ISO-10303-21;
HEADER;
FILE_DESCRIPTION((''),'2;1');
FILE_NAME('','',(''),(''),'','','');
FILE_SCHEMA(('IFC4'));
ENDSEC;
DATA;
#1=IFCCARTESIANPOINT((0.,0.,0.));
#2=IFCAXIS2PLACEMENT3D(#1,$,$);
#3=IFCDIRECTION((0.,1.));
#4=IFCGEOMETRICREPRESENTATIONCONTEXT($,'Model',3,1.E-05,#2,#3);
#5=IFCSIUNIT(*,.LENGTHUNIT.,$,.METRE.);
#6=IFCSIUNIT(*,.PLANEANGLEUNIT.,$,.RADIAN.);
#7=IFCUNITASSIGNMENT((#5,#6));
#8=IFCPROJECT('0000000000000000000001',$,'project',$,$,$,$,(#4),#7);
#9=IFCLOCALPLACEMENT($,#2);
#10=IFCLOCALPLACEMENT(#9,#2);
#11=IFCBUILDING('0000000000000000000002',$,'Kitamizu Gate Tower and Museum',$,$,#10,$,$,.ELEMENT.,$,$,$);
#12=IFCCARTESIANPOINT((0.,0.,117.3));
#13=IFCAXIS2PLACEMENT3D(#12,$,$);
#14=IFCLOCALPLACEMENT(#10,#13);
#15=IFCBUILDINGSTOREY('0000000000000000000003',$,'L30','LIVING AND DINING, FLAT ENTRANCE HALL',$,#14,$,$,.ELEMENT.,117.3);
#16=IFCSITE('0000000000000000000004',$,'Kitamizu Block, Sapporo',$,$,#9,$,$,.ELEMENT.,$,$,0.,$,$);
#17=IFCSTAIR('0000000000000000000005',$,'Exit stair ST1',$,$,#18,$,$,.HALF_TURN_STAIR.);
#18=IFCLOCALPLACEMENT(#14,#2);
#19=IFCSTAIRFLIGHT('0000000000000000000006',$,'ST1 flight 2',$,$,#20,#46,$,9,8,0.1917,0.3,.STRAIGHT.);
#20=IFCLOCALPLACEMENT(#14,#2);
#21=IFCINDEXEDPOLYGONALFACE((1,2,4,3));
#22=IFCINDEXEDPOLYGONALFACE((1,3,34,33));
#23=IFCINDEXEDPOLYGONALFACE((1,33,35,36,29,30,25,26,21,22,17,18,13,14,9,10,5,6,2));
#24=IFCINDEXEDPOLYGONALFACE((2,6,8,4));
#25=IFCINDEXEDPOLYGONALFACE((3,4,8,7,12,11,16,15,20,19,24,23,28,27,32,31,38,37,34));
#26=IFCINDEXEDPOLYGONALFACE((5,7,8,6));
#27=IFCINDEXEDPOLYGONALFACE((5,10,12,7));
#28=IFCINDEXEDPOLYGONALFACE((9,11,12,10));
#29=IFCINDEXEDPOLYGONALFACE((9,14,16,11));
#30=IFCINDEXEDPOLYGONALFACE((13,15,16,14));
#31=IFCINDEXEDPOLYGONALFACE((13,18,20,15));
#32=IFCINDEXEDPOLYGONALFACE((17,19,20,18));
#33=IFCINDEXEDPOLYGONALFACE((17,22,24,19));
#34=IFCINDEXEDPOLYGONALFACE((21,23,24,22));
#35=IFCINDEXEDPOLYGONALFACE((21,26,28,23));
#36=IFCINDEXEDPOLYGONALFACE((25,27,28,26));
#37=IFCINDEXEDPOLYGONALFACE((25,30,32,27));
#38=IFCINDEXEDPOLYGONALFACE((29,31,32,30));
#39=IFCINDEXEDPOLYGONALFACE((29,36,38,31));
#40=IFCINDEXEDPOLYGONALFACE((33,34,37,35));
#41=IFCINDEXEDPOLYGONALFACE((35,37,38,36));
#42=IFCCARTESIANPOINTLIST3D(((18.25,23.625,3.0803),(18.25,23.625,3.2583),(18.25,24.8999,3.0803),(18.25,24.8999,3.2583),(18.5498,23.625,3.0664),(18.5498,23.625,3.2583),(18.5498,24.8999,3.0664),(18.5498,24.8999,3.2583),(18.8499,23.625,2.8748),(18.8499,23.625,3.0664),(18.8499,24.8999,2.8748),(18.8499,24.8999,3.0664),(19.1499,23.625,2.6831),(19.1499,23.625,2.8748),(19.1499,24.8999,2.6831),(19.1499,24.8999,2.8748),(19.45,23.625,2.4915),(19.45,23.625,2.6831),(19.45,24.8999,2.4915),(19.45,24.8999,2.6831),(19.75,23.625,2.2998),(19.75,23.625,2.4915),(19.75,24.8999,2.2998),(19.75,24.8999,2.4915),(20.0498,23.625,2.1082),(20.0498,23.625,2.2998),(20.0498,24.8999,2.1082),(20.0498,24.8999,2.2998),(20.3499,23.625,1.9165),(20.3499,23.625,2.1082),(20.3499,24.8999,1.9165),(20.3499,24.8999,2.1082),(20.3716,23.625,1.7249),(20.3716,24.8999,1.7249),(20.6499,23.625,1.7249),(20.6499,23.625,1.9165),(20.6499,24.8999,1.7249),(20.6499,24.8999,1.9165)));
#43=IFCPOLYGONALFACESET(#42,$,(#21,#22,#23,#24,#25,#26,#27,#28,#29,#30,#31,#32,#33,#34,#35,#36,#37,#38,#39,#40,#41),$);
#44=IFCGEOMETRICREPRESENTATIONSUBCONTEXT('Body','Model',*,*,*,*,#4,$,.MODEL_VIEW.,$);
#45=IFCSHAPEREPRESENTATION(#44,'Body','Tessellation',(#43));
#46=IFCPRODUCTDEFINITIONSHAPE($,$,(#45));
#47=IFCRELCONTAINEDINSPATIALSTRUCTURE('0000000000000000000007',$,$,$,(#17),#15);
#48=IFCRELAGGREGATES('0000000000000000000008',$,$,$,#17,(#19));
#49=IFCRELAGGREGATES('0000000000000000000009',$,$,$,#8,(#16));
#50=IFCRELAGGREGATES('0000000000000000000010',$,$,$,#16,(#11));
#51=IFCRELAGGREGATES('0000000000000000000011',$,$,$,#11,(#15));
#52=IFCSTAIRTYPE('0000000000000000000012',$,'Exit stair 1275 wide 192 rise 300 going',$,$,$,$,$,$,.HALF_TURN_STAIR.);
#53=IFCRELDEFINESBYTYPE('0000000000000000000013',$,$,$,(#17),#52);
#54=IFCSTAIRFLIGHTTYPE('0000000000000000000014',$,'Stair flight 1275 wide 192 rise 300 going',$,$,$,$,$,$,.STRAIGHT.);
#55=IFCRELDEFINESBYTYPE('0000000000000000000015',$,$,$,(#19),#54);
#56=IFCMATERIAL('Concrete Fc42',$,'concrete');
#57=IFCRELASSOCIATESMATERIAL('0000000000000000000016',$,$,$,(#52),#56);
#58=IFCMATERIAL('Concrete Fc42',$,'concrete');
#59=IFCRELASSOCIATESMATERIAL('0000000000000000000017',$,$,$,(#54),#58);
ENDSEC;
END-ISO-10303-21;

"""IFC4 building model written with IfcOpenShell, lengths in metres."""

from ifc_helpers import new_model, si_unit, direction, frame, origin, place, context, subcontext, project, spatial, polyline, outline, extrude, material, type_object, element, aggregate, save


model = new_model("IFC4")

# Units and contexts
model_context = context("Model", 3, precision=1e-05, world=origin(), true_north=direction((0.0, 1.0)))
body_context = subcontext(model_context, "Body", "Model", "MODEL_VIEW")
ifc_project = project(units=[si_unit("LENGTHUNIT", "METRE"), si_unit("PLANEANGLEUNIT", "RADIAN")], contexts=[model_context])

# Site, building, storey
site_placement = place(None, origin())
site = spatial("IfcSite", under=ifc_project, at=site_placement, Name="Kitamizu Block, Sapporo", CompositionType="ELEMENT", RefElevation=0.0)
building_placement = place(site_placement, origin())
building = spatial("IfcBuilding", under=site, at=building_placement, Name="Kitamizu Gate Tower and Museum", CompositionType="ELEMENT")
storey_placement = place(building_placement, frame((0.0, 0.0, 117.3)))
storey = spatial("IfcBuildingStorey", under=building, at=storey_placement, Name="L30", Description="LIVING AND DINING, FLAT ENTRANCE HALL", CompositionType="ELEMENT", Elevation=117.3)

# Stair, stair flight
ifc_material_1 = material(Name="Concrete Fc42", Category="concrete")
stair_type = type_object("IfcStairType", Name="Exit stair 1275 wide 192 rise 300 going", PredefinedType="HALF_TURN_STAIR", material=ifc_material_1)
stair_placement = place(storey_placement, origin())
stair = element("IfcStair", 1, at=stair_placement, inside=storey, type_object=stair_type, Name="Exit stair ST1", PredefinedType="HALF_TURN_STAIR")
ifc_material_2 = material(Name="Concrete Fc42", Category="concrete")
stair_flight_type = type_object("IfcStairFlightType", Name="Stair flight 1275 wide 192 rise 300 going", PredefinedType="STRAIGHT", material=ifc_material_2)
stair_flight_1_placement = place(storey_placement, frame((20.6499, 24.2625, 1.7249), z_axis=(0.0, 0.0, 1.0), x_axis=(-1.0, 0.0, 0.0)))
stair_flight_1 = element("IfcStairFlight", 2, at=stair_flight_1_placement, type_object=stair_flight_type, Name="ST1 flight 2", NumberOfRisers=9, NumberOfTreads=8, PredefinedType="STRAIGHT", RiserHeight=0.1917, TreadLength=0.3, context=body_context, shape_type="SweptSolid", body=[
    extrude(outline(polyline([(0.0, 0.0), (0.0, 0.1917), (0.3, 0.1917), (0.3, 0.3833), (0.6001, 0.3833), (0.6001, 0.575), (0.8999, 0.575), (0.8999, 0.7666), (1.2, 0.7666), (1.2, 0.9583), (1.5, 0.9583), (1.5, 1.1499), (1.8, 1.1499), (1.8, 1.3416), (2.1001, 1.3416), (2.1001, 1.5334), (2.3999, 1.5334), (2.3999, 1.7251), (2.3999, 1.3555), (0.2783, 0.0), (0.0, 0.0)])), frame((0.0, 0.6375, 0.0), z_axis=(0.0, -1.0, 0.0), x_axis=(1.0, 0.0, 0.0)), (0.0, 0.0, 1.0), 1.2749),
])
aggregate(stair, [stair_flight_1])

save(model, "model.ifc")
